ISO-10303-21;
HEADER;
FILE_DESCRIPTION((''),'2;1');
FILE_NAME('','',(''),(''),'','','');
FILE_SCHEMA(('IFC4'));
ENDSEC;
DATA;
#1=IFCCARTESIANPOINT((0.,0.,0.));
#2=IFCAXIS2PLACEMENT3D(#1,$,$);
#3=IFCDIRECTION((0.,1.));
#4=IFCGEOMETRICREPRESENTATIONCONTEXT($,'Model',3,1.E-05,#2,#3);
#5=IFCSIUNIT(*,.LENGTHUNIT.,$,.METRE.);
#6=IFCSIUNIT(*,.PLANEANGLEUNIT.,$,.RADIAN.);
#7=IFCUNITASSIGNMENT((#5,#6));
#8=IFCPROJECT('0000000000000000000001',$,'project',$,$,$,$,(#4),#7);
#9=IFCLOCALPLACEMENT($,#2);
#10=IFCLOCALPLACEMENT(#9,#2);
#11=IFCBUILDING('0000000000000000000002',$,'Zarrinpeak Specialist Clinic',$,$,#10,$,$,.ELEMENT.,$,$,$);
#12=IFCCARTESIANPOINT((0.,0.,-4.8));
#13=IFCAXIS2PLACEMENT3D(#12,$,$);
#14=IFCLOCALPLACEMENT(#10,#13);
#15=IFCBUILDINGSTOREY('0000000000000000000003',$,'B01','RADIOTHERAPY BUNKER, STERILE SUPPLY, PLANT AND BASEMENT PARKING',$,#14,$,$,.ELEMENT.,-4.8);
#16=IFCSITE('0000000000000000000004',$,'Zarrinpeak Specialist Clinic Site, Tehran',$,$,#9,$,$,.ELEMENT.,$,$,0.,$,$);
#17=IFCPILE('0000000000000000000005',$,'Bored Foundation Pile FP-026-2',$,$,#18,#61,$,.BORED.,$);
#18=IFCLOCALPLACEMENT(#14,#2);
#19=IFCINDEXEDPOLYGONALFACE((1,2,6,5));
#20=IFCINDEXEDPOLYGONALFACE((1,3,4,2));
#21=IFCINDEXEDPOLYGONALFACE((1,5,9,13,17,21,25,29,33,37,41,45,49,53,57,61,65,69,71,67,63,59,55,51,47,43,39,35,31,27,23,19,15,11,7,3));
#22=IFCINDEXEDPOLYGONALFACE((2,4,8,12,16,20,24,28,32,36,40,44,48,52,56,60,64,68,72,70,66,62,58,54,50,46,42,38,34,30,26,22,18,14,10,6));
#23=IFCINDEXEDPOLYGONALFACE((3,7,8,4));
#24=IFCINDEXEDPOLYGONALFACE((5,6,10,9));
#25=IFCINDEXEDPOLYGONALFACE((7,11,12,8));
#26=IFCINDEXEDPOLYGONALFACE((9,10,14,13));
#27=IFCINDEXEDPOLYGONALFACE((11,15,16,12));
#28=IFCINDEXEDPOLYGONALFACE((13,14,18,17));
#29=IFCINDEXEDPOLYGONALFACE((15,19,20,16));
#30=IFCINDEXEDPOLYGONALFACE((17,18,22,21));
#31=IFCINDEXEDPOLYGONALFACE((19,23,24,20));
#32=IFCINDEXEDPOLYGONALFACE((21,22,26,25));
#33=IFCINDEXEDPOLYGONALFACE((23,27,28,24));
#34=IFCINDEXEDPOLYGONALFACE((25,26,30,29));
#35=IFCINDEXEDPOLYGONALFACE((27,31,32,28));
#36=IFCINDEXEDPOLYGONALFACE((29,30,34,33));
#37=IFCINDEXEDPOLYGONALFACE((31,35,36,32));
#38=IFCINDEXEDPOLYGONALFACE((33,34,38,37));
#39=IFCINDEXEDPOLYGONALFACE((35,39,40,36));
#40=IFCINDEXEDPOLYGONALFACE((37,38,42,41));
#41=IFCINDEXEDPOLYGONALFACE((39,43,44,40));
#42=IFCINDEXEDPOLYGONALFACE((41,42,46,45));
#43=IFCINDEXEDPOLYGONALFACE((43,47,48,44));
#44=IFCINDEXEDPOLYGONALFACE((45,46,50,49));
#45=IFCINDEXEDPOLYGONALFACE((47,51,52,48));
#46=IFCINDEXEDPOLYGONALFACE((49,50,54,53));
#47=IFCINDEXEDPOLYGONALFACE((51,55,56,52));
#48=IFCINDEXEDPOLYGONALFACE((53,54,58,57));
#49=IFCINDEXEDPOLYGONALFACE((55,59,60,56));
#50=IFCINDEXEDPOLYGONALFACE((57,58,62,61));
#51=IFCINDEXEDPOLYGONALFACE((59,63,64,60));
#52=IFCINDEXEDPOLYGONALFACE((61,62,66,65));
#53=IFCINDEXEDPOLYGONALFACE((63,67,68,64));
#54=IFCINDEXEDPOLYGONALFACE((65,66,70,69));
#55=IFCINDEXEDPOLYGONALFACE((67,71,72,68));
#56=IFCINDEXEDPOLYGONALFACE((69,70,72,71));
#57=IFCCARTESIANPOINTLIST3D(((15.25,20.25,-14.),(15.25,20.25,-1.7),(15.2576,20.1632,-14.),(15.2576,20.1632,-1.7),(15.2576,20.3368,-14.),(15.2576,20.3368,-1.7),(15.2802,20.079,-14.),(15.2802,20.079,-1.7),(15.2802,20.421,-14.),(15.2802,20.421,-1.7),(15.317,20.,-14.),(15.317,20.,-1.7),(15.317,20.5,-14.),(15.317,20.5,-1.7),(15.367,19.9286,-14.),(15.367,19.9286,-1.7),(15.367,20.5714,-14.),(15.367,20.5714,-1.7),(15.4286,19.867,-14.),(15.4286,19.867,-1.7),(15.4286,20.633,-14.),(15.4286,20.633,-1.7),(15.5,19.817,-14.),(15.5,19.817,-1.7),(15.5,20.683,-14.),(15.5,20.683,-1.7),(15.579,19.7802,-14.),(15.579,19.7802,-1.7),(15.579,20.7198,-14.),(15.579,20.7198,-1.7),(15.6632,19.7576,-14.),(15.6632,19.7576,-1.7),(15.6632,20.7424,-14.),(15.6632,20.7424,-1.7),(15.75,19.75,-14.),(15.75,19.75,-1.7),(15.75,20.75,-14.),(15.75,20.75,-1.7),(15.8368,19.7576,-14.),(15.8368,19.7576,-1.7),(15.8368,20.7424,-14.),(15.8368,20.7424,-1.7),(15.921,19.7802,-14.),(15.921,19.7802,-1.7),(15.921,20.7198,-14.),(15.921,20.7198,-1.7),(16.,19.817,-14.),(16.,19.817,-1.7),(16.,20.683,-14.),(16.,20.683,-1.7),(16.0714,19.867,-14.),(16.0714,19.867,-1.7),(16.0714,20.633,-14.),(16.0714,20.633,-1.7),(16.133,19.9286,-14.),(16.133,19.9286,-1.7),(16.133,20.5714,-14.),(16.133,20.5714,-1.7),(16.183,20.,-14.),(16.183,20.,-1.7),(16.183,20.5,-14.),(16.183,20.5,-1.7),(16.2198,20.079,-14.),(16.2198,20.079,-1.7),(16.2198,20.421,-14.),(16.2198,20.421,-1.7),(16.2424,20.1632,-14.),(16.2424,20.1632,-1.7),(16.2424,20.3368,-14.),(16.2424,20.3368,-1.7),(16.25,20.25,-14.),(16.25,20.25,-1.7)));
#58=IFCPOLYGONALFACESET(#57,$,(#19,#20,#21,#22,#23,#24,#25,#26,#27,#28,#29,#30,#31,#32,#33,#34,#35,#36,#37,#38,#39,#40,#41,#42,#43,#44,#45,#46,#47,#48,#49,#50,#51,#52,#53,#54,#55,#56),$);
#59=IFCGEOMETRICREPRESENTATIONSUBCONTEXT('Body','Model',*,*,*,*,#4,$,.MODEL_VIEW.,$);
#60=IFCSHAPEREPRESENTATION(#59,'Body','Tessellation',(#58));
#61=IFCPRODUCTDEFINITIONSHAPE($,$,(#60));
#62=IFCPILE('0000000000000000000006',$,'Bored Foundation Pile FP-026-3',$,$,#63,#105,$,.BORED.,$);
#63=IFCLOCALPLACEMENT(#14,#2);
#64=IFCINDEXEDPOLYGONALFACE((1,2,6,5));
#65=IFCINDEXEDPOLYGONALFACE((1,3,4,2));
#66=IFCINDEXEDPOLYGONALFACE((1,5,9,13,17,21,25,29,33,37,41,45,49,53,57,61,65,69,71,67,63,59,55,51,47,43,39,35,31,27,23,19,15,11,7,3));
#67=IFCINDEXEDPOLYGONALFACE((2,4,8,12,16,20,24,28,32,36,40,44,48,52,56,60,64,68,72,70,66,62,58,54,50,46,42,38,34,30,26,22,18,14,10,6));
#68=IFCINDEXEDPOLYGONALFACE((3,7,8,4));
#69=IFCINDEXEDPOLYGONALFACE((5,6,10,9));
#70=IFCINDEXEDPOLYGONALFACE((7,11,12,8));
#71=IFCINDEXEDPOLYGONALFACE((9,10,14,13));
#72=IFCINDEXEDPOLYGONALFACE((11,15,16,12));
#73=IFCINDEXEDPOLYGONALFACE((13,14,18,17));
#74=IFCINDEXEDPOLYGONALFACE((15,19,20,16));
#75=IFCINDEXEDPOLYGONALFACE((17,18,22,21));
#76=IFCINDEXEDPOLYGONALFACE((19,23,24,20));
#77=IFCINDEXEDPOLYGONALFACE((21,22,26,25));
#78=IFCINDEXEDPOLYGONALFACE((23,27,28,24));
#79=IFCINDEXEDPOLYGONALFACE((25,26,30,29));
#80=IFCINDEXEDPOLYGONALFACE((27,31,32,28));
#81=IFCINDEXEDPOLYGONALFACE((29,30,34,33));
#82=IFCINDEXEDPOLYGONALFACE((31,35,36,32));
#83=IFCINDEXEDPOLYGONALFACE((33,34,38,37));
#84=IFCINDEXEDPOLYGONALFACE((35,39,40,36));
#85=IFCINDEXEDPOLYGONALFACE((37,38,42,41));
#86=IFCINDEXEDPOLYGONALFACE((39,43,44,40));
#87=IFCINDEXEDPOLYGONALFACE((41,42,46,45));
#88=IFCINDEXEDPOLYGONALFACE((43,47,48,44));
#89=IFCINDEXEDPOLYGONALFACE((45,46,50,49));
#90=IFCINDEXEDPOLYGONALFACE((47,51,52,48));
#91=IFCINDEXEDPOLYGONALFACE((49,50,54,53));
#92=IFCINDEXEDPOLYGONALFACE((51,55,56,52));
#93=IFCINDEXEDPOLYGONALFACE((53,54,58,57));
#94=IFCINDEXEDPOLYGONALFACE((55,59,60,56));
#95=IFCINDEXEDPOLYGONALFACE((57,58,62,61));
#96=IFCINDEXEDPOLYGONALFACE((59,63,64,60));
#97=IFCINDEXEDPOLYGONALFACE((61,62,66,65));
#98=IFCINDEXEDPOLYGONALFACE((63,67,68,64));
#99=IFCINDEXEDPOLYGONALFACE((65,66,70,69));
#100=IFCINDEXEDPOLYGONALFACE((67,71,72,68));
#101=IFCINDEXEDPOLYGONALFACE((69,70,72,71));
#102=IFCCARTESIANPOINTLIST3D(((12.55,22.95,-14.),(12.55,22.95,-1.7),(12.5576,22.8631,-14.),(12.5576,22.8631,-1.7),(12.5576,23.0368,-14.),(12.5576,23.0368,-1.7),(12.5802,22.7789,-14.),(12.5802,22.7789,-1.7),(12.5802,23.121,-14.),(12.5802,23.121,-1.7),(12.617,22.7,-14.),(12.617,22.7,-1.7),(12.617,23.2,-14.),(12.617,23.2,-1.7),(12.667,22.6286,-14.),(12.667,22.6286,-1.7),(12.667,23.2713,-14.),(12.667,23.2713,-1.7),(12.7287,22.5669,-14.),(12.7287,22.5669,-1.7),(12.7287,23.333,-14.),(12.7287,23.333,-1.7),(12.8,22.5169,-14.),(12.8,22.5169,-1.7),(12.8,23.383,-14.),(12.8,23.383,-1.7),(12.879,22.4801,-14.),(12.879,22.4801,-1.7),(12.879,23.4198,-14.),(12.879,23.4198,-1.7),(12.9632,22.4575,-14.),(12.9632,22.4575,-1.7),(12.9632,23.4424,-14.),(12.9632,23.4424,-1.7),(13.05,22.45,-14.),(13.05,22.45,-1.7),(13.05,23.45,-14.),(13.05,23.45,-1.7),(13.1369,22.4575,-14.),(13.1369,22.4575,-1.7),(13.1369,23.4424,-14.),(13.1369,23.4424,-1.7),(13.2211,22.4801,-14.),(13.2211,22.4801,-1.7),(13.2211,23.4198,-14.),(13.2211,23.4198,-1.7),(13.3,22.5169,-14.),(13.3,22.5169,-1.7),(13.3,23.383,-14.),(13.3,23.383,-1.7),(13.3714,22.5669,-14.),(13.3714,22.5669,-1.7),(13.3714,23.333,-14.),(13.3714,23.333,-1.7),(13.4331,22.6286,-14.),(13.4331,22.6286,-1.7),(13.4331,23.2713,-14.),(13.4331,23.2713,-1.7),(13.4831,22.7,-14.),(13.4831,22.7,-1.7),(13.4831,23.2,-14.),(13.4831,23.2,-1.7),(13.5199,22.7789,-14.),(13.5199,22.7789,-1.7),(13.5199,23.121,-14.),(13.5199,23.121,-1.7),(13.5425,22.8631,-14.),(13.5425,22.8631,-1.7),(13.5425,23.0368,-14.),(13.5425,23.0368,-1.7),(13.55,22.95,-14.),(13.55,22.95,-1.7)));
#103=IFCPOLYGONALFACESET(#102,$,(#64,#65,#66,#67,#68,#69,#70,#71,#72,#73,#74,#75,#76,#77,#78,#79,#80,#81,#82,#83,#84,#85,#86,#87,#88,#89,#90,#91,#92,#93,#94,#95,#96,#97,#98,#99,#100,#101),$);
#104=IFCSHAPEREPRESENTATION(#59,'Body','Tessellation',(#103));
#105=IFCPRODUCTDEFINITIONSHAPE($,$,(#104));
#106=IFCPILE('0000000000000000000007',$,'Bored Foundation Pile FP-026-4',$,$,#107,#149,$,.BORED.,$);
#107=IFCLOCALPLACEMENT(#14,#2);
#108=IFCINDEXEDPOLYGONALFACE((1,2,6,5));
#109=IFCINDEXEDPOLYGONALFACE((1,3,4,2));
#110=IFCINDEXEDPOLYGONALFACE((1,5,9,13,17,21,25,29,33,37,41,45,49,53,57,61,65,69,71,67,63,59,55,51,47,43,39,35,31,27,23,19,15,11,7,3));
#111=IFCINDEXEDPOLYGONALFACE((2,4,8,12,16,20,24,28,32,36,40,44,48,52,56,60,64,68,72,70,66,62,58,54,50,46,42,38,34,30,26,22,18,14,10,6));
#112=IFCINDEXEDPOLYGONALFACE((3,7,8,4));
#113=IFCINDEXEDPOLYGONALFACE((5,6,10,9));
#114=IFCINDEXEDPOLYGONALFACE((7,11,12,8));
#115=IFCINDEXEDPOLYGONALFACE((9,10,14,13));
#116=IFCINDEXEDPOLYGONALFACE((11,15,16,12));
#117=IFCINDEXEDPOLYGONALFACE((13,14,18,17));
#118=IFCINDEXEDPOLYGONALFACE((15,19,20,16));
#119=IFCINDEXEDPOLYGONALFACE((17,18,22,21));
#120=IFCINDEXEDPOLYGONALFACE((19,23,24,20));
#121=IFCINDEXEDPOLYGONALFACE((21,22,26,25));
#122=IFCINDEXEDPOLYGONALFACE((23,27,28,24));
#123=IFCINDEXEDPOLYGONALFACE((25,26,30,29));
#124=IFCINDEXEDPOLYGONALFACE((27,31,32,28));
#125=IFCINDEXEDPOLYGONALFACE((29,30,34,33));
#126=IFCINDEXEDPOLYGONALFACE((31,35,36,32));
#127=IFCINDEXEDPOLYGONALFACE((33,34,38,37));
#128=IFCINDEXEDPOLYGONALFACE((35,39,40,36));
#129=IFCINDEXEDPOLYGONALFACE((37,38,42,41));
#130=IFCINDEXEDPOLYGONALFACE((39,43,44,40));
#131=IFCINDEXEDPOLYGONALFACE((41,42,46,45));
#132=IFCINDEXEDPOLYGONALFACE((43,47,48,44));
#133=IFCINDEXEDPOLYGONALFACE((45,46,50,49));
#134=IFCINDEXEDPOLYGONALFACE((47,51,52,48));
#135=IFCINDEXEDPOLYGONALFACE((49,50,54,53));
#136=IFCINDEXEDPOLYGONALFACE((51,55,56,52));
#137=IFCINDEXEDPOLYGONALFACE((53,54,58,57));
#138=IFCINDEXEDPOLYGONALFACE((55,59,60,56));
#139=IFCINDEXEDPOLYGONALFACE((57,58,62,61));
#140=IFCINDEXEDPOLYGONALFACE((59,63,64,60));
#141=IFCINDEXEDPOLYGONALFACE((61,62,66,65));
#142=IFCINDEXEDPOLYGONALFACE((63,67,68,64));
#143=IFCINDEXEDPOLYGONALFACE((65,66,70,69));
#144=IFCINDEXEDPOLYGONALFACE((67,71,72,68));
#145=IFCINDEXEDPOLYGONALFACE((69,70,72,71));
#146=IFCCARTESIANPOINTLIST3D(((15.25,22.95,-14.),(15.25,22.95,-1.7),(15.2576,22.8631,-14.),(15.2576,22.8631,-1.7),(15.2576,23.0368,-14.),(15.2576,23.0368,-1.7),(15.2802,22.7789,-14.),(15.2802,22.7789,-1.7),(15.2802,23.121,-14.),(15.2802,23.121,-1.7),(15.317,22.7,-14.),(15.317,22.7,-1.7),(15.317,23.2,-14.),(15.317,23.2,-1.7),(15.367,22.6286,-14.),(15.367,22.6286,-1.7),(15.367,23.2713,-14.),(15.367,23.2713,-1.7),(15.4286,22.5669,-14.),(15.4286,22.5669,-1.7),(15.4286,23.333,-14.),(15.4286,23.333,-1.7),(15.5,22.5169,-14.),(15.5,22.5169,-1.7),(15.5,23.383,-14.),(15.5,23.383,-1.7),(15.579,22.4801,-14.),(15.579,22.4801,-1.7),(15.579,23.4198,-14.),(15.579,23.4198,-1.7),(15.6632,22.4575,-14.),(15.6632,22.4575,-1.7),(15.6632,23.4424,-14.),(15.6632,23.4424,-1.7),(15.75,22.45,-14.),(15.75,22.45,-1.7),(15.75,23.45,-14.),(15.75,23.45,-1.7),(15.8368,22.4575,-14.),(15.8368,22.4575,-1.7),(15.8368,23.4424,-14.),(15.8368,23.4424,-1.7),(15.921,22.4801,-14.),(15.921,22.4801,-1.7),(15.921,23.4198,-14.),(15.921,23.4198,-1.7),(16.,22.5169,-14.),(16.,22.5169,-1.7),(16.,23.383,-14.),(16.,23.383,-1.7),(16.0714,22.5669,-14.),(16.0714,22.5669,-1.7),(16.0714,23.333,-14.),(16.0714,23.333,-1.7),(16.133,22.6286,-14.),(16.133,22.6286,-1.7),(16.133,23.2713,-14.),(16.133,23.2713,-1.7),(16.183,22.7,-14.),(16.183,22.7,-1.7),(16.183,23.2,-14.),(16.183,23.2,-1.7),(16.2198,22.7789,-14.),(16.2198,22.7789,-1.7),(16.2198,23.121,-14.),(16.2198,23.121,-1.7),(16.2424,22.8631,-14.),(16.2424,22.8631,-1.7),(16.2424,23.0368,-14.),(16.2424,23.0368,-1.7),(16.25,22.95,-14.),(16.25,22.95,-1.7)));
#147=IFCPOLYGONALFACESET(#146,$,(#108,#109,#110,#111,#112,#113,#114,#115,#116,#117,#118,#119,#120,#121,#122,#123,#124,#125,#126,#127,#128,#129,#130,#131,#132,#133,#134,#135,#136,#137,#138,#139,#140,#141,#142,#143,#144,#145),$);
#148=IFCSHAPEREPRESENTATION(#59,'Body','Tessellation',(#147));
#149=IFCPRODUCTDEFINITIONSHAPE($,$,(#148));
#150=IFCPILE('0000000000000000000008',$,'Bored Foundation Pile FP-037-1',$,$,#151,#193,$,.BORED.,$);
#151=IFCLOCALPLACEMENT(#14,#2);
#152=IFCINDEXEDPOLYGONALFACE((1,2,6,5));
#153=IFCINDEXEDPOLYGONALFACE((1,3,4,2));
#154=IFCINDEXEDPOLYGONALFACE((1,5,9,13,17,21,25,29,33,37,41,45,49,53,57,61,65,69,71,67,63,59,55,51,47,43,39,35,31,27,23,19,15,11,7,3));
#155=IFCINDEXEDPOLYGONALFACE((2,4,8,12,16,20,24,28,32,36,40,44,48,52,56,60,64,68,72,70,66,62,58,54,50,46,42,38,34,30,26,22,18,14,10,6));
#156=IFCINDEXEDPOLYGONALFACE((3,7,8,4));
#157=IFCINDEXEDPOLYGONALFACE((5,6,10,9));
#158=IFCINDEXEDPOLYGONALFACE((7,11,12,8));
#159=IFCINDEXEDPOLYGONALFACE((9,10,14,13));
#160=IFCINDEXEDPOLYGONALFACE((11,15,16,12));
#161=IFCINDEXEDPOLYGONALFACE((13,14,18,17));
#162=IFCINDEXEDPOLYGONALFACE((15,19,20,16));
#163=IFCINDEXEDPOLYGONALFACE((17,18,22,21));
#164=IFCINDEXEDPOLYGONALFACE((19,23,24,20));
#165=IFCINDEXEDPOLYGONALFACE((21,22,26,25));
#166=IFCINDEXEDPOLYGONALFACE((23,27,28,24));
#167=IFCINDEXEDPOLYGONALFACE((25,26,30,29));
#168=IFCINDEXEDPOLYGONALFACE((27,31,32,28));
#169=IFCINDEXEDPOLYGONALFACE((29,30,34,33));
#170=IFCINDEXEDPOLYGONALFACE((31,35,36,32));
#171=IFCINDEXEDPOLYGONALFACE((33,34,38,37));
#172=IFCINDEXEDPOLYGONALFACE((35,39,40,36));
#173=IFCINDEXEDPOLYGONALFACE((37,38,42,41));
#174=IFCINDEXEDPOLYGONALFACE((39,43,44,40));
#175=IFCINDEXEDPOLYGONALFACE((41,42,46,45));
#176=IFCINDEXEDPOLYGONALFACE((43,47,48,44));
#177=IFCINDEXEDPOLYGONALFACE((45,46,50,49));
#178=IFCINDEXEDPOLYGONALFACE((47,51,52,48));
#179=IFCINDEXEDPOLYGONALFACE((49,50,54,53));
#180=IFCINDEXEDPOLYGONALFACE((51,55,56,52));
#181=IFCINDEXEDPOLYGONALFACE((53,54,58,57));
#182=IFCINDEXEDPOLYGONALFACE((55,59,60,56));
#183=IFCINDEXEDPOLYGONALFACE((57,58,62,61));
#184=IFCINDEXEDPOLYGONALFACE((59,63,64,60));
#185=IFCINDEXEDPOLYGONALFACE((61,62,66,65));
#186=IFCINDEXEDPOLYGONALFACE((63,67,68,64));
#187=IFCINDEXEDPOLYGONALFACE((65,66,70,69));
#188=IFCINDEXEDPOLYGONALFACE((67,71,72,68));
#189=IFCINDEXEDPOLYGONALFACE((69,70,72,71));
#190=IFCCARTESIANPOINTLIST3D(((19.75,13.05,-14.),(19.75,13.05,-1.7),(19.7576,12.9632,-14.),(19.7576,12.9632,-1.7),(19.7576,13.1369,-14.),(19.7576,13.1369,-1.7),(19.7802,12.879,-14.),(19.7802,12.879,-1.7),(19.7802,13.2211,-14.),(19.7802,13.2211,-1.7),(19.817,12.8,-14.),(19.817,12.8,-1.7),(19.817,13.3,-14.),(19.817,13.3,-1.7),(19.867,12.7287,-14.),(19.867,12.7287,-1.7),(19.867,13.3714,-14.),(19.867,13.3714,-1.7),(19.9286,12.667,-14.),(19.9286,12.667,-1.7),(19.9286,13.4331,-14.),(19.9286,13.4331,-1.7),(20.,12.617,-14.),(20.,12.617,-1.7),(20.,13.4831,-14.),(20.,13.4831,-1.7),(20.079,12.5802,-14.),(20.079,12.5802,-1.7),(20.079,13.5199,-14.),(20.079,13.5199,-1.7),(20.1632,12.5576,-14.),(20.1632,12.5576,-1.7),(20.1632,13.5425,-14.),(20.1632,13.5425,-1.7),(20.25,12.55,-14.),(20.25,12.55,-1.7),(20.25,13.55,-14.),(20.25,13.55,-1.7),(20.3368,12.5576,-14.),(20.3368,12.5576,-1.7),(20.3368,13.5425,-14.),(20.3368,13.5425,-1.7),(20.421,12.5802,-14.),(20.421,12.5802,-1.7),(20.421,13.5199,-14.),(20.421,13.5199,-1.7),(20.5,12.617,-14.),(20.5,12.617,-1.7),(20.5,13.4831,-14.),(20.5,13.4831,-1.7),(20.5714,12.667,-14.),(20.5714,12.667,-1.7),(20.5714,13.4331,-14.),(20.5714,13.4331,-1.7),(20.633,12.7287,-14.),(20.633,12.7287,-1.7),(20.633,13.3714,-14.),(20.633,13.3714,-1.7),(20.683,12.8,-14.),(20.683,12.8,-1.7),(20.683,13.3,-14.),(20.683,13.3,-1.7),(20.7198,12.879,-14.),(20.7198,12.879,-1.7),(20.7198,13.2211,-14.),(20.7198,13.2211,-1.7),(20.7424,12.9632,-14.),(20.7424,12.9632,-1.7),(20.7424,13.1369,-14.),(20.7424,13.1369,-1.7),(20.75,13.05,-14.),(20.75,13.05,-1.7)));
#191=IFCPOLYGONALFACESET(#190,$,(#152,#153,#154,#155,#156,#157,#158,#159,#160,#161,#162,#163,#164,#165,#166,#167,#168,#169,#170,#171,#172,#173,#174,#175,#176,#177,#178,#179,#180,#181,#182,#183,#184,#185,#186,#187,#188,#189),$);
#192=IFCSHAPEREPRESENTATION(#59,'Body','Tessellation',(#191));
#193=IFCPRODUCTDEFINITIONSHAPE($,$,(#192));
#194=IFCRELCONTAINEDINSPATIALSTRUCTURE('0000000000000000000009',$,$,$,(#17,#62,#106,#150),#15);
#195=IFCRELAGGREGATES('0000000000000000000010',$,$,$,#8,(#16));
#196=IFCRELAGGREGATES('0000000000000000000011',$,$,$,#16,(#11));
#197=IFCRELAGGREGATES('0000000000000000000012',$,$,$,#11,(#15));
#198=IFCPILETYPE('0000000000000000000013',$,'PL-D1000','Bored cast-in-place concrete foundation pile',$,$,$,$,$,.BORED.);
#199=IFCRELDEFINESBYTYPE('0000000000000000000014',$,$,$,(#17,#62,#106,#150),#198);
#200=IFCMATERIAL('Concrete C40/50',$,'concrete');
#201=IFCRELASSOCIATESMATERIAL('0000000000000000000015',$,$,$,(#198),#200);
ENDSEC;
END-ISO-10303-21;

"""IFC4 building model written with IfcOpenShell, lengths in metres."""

from ifc_helpers import new_model, si_unit, direction, frame, origin, origin_2d, place, context, subcontext, project, spatial, circle, extrude, material, material_profile, profile_set, type_object, element, save


model = new_model("IFC4")

# Units and contexts
model_context = context("Model", 3, precision=1e-05, world=origin(), true_north=direction((0.0, 1.0)))
body_context = subcontext(model_context, "Body", "Model", "MODEL_VIEW")
ifc_project = project(units=[si_unit("LENGTHUNIT", "METRE"), si_unit("PLANEANGLEUNIT", "RADIAN")], contexts=[model_context])

# Site, building, storey
site_placement = place(None, origin())
site = spatial("IfcSite", under=ifc_project, at=site_placement, Name="Zarrinpeak Specialist Clinic Site, Tehran", CompositionType="ELEMENT", RefElevation=0.0)
building_placement = place(site_placement, origin())
building = spatial("IfcBuilding", under=site, at=building_placement, Name="Zarrinpeak Specialist Clinic", CompositionType="ELEMENT")
storey_placement = place(building_placement, frame((0.0, 0.0, -4.8)))
storey = spatial("IfcBuildingStorey", under=building, at=storey_placement, Name="B01", Description="RADIOTHERAPY BUNKER, STERILE SUPPLY, PLANT AND BASEMENT PARKING", CompositionType="ELEMENT", Elevation=-4.8)

# Shared definitions
ifc_material_1 = material(Name="Concrete C40/50", Category="concrete")

# Piles
ifc_material_profile_1 = material_profile(ifc_material_1, circle(Radius=0.5, at=origin_2d()), Name="BORED PILE D1000")
ifc_profile_set_1 = profile_set([ifc_material_profile_1], Name="Concrete C40/50")
pile_type = type_object("IfcPileType", Name="PL-D1000", Description="Bored cast-in-place concrete foundation pile", PredefinedType="BORED", material=ifc_profile_set_1)
for number, where, z_axis, x_axis, name in (
    (1, (15.75, 20.25, -1.7), (0.0, 0.0, -1.0), (1.0, 0.0, 0.0), "Bored Foundation Pile FP-026-2"),
    (2, (13.05, 22.95, -1.7), (0.0, 0.0, -1.0), (1.0, 0.0, 0.0), "Bored Foundation Pile FP-026-3"),
    (3, (15.75, 22.95, -1.7), (0.0, 0.0, -1.0), (1.0, 0.0, 0.0), "Bored Foundation Pile FP-026-4"),
    (4, (20.25, 13.05, -1.7), (0.0, 0.0, -1.0), (1.0, 0.0, 0.0), "Bored Foundation Pile FP-037-1"),
):
    element("IfcPile", number, at=place(storey_placement, frame(where, z_axis=z_axis, x_axis=x_axis)), inside=storey, type_object=pile_type, Name=name, PredefinedType="BORED", context=body_context, shape_type="SweptSolid", body=[
        extrude(circle(Radius=0.5, at=origin_2d()), origin(), (0.0, 0.0, 1.0), 12.3),
    ])

save(model, "model.ifc")
